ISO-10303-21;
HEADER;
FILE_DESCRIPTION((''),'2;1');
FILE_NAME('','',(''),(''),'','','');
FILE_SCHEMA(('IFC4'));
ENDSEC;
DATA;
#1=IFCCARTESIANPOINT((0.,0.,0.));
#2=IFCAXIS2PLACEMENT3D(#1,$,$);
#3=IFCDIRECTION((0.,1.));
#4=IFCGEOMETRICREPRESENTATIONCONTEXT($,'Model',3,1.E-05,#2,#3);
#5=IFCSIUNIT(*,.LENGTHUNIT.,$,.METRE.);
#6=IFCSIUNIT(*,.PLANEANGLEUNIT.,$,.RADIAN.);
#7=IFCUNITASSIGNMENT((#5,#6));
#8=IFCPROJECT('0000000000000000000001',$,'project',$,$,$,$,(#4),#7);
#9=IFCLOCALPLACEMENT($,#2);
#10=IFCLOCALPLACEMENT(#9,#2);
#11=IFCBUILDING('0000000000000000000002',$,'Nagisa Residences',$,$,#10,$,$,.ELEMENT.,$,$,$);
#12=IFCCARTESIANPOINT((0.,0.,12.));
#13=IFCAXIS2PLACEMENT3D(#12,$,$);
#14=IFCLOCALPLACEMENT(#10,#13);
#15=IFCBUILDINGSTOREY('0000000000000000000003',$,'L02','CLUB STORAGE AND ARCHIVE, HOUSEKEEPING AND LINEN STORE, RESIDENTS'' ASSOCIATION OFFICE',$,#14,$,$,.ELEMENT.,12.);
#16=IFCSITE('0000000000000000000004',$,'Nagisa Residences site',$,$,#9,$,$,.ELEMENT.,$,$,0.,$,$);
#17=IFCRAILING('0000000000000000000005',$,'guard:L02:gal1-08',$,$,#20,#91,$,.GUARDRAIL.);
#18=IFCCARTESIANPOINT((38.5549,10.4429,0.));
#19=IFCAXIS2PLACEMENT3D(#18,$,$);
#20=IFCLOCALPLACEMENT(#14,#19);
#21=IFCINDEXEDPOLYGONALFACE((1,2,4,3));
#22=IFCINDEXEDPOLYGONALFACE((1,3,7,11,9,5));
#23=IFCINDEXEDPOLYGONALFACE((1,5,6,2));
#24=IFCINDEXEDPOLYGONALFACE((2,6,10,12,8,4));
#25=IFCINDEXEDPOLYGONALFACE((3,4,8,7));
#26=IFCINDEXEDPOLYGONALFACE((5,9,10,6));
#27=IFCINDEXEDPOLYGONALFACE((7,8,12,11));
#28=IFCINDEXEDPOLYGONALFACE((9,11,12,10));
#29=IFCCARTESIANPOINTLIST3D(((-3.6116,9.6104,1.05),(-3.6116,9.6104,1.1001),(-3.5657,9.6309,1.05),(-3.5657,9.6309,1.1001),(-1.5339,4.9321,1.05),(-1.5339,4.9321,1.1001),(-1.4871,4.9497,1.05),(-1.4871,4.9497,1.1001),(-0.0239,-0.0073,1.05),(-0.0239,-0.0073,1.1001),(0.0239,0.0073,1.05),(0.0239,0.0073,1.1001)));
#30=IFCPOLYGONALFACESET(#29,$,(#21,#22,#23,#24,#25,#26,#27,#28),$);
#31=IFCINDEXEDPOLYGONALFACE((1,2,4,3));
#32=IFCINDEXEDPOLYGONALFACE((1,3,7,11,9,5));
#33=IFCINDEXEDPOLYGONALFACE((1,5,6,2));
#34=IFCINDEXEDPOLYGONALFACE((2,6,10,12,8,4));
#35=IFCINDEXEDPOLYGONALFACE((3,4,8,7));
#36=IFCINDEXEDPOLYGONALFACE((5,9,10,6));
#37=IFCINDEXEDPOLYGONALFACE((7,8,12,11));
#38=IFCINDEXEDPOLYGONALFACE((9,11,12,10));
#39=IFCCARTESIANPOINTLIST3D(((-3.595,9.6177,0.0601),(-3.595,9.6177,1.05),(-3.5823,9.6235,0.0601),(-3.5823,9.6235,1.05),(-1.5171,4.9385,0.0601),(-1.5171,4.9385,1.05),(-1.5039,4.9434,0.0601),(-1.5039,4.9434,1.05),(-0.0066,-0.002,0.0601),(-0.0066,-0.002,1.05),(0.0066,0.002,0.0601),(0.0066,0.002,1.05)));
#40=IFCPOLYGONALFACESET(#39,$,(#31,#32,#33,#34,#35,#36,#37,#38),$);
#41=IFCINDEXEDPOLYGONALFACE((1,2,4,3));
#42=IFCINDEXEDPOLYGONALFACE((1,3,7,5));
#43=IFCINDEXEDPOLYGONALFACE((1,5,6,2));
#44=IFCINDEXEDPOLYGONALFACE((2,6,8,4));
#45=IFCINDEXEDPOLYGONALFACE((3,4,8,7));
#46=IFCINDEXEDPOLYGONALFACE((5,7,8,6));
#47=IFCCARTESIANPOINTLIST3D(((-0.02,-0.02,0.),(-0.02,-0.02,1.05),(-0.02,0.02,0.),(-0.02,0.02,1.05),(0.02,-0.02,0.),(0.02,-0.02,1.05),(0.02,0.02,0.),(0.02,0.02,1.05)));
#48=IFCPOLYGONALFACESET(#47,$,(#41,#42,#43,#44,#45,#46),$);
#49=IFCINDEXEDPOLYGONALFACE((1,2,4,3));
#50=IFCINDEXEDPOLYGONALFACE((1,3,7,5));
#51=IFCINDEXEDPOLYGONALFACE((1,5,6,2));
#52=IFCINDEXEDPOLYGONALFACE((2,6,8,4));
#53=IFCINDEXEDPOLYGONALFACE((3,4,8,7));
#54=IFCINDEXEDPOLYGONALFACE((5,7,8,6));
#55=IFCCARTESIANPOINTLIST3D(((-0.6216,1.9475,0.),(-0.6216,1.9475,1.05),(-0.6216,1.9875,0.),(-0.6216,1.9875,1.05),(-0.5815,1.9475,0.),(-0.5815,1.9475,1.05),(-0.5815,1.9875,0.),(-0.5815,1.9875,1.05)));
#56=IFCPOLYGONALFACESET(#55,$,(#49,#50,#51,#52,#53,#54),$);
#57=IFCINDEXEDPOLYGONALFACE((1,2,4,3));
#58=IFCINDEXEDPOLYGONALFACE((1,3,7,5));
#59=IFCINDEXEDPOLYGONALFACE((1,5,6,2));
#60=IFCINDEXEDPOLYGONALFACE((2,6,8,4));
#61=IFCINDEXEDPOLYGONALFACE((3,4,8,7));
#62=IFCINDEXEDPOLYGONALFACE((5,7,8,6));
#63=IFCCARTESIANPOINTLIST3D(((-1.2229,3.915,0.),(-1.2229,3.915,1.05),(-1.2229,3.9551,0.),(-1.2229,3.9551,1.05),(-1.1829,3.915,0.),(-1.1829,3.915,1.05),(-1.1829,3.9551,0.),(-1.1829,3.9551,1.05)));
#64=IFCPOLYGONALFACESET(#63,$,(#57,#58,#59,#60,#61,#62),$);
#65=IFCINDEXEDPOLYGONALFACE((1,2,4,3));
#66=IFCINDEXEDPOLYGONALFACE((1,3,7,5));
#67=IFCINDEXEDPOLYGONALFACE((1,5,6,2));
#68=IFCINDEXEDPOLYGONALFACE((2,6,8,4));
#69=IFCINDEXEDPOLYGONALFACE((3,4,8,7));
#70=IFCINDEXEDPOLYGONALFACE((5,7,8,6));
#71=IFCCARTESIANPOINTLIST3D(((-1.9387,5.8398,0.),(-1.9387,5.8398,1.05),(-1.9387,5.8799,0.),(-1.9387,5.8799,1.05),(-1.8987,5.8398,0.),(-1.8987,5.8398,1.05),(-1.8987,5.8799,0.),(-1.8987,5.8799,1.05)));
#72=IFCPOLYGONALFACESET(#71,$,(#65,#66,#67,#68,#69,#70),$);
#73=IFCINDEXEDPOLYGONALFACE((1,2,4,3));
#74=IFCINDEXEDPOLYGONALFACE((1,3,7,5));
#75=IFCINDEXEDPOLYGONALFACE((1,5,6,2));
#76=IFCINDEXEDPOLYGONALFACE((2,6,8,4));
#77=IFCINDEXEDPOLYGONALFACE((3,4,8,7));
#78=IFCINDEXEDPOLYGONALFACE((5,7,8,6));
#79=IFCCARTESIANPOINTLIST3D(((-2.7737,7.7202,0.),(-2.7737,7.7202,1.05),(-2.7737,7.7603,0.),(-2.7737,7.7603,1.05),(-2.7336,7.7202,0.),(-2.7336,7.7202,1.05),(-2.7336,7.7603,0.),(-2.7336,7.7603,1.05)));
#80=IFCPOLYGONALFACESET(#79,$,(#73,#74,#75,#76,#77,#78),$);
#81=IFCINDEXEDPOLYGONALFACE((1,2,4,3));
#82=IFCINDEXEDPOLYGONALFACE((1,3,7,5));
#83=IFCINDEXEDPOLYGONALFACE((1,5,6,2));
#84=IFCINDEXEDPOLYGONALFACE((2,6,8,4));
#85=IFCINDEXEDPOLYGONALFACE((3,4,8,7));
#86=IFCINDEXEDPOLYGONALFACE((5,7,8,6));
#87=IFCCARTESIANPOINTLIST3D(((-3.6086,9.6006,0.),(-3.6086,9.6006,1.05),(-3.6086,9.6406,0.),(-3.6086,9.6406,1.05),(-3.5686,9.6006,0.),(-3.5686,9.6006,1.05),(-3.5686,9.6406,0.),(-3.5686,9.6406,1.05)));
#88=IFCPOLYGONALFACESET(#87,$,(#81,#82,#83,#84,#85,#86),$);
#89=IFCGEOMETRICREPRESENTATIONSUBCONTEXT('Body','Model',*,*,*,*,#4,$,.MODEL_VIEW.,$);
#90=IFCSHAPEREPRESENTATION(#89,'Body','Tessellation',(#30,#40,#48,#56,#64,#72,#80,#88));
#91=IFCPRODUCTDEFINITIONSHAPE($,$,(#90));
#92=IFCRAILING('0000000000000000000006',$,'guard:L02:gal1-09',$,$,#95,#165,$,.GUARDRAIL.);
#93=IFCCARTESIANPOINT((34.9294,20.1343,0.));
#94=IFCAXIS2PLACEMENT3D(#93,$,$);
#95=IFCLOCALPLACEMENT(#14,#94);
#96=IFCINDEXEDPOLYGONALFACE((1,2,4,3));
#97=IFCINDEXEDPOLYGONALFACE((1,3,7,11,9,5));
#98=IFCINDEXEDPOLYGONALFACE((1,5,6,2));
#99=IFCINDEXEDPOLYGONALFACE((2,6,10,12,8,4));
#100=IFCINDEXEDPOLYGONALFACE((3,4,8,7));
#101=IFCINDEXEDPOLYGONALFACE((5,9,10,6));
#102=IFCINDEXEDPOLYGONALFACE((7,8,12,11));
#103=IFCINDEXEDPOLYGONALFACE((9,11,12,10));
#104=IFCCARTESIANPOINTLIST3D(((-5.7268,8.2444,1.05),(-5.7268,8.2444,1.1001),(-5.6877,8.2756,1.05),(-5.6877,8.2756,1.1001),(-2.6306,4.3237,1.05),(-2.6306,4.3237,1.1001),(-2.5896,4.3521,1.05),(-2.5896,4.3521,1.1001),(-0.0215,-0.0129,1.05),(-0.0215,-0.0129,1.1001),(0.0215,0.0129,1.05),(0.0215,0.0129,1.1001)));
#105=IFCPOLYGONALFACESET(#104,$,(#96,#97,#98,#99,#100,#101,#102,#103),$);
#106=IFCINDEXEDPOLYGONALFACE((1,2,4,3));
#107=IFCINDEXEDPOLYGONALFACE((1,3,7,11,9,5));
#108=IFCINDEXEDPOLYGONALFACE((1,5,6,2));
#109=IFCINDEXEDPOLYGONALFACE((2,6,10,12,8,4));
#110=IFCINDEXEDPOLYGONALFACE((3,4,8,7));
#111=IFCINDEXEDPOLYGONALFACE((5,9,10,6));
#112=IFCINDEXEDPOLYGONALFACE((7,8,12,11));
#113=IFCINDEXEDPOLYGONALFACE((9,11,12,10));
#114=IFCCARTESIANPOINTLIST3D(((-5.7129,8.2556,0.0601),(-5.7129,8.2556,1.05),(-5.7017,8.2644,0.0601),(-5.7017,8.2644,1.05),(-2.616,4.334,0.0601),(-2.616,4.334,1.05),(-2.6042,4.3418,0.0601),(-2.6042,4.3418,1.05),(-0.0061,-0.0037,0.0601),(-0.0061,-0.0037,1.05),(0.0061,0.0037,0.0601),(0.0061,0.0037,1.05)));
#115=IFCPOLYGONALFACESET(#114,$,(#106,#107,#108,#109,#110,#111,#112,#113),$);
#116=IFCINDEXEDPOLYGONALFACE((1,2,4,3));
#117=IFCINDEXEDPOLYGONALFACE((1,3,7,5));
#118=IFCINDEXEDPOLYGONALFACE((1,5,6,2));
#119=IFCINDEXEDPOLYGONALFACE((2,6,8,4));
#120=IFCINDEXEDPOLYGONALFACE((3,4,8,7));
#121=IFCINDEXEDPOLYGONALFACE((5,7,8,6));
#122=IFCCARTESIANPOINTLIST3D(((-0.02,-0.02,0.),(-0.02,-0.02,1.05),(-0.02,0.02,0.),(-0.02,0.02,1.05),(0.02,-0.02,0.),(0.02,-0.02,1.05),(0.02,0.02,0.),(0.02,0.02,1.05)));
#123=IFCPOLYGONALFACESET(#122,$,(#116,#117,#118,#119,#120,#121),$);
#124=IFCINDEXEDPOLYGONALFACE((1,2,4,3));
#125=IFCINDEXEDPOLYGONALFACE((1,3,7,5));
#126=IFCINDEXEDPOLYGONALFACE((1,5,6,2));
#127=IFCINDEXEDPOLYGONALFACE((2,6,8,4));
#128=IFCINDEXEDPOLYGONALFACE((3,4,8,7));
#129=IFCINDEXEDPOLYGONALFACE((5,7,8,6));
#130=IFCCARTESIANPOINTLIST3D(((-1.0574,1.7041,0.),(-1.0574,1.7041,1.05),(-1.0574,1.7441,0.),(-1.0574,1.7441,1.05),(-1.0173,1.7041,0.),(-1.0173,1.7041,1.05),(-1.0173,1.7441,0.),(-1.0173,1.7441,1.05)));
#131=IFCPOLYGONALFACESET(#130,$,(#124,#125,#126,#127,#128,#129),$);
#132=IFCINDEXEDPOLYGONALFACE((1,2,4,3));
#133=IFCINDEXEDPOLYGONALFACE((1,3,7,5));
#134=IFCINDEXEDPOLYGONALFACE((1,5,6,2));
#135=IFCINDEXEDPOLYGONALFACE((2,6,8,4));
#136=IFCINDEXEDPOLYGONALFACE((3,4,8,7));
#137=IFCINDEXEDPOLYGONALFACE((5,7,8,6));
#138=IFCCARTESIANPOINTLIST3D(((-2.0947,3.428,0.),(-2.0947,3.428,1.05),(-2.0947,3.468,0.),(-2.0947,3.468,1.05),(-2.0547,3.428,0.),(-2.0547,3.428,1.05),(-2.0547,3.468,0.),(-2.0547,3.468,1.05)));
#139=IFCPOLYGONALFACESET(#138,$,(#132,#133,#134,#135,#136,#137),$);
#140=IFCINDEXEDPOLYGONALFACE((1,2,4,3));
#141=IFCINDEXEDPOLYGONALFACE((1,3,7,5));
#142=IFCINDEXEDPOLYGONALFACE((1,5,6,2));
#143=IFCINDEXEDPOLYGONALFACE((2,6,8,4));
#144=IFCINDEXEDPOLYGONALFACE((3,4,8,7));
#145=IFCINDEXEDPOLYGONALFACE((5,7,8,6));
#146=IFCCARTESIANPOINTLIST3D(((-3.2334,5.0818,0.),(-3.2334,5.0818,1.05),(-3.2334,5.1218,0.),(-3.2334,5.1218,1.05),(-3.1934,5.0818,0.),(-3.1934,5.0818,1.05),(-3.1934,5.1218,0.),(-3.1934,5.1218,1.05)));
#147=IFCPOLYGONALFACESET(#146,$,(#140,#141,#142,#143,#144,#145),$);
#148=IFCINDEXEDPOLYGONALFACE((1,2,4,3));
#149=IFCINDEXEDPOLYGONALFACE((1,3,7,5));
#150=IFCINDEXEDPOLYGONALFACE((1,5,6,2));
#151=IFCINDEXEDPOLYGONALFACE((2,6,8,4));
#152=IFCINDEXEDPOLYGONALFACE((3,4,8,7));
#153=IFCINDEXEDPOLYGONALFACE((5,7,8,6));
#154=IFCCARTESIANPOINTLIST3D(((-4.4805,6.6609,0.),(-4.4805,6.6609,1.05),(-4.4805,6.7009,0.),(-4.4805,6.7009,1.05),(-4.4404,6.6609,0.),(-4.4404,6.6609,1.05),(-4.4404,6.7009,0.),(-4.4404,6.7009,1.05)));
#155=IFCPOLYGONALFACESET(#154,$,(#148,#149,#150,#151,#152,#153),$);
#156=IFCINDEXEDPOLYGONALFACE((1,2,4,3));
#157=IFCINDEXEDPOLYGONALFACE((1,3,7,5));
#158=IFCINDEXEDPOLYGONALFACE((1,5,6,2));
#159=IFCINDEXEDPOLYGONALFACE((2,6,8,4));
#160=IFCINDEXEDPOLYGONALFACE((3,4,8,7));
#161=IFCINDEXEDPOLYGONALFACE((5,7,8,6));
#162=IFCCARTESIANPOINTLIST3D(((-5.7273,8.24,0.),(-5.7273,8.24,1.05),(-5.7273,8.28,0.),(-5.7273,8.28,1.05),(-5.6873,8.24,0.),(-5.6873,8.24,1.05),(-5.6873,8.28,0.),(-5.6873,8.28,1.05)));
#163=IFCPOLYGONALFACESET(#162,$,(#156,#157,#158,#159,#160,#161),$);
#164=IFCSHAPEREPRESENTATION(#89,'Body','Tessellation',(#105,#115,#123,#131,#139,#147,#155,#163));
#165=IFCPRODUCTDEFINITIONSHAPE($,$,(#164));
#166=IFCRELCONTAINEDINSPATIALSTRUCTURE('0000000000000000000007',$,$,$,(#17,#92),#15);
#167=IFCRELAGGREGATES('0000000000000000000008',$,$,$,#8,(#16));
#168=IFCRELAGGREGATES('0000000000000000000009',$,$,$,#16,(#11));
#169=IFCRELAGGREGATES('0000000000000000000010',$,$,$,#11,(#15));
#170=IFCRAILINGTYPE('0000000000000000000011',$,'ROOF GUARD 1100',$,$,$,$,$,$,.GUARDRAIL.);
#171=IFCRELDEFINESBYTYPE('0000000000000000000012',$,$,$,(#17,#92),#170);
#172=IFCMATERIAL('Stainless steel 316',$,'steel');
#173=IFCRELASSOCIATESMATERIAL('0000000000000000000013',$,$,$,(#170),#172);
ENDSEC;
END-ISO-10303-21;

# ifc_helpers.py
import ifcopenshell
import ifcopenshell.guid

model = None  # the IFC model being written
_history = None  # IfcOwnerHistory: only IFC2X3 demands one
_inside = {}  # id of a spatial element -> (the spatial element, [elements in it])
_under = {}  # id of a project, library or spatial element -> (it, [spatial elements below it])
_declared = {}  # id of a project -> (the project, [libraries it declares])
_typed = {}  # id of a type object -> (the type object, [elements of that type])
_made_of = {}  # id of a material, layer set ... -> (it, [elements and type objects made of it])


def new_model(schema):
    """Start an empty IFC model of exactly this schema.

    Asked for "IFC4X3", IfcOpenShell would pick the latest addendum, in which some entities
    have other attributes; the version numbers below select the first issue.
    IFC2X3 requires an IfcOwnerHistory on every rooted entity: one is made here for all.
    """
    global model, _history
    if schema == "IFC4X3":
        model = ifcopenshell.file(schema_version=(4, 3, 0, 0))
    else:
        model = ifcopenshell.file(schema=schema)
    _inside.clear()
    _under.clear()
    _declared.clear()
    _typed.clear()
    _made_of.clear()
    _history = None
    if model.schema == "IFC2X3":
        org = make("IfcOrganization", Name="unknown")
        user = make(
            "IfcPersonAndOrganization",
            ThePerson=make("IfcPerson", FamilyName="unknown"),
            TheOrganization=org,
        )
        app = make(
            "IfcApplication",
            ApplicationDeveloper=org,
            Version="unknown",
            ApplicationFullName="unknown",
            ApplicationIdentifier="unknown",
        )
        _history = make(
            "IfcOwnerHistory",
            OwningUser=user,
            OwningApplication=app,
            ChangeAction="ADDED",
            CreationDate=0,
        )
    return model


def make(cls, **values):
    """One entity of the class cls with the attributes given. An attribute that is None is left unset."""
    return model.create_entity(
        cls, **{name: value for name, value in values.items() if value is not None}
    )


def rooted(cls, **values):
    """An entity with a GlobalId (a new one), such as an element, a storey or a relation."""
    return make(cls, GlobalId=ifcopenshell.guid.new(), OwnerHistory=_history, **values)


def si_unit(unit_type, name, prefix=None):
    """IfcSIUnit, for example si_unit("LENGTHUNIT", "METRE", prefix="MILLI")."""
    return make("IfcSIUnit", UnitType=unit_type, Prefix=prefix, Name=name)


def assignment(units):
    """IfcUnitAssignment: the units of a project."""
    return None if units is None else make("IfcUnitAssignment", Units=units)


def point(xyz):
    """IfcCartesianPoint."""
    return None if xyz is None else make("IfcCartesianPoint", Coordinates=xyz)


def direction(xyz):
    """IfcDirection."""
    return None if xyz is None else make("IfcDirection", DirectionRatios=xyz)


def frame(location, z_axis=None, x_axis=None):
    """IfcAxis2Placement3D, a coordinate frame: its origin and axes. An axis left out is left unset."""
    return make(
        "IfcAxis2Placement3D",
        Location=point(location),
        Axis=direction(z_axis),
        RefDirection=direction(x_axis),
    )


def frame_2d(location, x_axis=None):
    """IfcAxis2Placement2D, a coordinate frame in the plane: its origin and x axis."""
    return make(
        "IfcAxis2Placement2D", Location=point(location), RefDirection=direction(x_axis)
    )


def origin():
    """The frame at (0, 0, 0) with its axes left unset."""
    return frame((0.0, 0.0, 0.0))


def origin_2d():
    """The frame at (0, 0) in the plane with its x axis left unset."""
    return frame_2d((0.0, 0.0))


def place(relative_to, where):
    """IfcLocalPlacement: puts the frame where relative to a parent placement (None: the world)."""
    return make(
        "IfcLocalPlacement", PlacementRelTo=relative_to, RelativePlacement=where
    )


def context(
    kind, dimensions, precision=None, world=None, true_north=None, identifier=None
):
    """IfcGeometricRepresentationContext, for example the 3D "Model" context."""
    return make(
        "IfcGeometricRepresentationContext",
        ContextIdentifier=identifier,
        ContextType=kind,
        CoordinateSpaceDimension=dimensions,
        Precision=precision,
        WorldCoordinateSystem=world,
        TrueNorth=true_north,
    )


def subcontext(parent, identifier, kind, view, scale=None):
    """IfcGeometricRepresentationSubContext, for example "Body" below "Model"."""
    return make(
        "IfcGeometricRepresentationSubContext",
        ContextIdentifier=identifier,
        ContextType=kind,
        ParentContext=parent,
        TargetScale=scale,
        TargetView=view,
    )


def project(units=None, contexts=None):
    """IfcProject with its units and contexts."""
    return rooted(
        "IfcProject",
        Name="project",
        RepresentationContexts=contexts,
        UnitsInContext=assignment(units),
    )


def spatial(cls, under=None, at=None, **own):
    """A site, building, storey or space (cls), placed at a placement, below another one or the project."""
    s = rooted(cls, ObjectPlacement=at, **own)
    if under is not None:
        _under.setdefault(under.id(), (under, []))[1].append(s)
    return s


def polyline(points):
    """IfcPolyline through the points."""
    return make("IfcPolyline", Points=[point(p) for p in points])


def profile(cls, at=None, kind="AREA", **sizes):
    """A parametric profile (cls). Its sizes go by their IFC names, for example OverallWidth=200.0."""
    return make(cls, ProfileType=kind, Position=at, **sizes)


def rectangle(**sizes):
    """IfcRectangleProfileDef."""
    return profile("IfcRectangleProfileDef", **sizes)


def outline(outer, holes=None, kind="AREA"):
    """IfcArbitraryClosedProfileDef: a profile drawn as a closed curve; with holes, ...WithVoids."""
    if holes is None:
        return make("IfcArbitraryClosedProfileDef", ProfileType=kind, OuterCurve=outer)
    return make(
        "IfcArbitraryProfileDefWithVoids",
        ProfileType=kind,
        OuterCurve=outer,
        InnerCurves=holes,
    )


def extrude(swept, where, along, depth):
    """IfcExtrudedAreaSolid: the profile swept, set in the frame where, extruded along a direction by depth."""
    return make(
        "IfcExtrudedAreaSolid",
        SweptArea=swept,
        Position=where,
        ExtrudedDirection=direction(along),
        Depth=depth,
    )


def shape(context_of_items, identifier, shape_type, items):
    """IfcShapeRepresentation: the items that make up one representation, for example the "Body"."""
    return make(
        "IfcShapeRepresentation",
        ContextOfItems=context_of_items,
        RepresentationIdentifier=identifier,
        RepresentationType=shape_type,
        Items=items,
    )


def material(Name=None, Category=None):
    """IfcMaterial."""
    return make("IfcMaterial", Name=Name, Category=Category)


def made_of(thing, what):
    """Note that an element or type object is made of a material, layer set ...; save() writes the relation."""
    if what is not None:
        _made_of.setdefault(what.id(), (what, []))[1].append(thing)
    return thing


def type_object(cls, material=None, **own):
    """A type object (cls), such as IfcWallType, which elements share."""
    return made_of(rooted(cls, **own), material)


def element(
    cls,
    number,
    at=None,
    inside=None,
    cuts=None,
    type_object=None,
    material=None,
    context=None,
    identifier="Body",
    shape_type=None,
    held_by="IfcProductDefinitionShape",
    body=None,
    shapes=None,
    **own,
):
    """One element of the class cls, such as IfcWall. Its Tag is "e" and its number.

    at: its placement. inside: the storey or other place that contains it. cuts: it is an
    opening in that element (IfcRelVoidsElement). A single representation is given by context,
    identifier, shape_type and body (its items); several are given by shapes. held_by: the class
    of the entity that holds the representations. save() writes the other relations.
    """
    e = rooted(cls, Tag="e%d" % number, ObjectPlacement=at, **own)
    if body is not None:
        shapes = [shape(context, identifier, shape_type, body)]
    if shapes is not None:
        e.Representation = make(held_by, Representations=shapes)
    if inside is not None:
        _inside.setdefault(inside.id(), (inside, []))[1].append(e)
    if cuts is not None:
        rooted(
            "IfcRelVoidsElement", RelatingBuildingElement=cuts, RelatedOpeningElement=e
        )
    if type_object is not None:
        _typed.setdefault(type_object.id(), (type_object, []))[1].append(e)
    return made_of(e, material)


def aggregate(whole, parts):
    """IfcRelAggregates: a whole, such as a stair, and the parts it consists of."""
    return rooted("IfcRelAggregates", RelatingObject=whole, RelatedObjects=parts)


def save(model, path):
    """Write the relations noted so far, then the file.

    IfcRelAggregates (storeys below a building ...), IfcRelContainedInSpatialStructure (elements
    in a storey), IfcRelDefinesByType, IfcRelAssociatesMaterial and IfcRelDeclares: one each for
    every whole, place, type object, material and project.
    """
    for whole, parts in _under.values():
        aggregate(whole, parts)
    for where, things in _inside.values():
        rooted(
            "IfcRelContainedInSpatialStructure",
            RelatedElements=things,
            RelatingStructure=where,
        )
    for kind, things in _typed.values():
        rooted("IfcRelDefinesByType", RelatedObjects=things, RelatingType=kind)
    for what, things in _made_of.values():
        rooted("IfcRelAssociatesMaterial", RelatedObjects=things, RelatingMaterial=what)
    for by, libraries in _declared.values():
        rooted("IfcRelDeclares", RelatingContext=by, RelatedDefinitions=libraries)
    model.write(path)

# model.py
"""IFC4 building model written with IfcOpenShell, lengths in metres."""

from ifc_helpers import new_model, si_unit, direction, frame, origin, origin_2d, place, context, subcontext, project, spatial, polyline, rectangle, outline, extrude, material, type_object, element, save


model = new_model("IFC4")

# Units and contexts
model_context = context("Model", 3, precision=1e-05, world=origin(), true_north=direction((0.0, 1.0)))
body_context = subcontext(model_context, "Body", "Model", "MODEL_VIEW")
ifc_project = project(units=[si_unit("LENGTHUNIT", "METRE"), si_unit("PLANEANGLEUNIT", "RADIAN")], contexts=[model_context])

# Site, building, storey
site_placement = place(None, origin())
site = spatial("IfcSite", under=ifc_project, at=site_placement, Name="Nagisa Residences site", CompositionType="ELEMENT", RefElevation=0.0)
building_placement = place(site_placement, origin())
building = spatial("IfcBuilding", under=site, at=building_placement, Name="Nagisa Residences", CompositionType="ELEMENT")
storey_placement = place(building_placement, frame((0.0, 0.0, 12.0)))
storey = spatial("IfcBuildingStorey", under=building, at=storey_placement, Name="L02", Description="CLUB STORAGE AND ARCHIVE, HOUSEKEEPING AND LINEN STORE, RESIDENTS' ASSOCIATION OFFICE", CompositionType="ELEMENT", Elevation=12.0)

# Railings
ifc_material_1 = material(Name="Stainless steel 316", Category="steel")
railing_type = type_object("IfcRailingType", Name="ROOF GUARD 1100", PredefinedType="GUARDRAIL", material=ifc_material_1)
railing_1_placement = place(storey_placement, frame((38.5549, 10.4429, 0.0)))
element("IfcRailing", 1, at=railing_1_placement, inside=storey, type_object=railing_type, Name="guard:L02:gal1-08", PredefinedType="GUARDRAIL", context=body_context, shape_type="SweptSolid", body=[
    extrude(outline(polyline([(-1.5339, 4.9321), (-0.0239, -0.0073), (0.0239, 0.0073), (-1.4871, 4.9497), (-3.5657, 9.6309), (-3.6116, 9.6104), (-1.5339, 4.9321)])), frame((0.0, 0.0, 1.05)), (0.0, 0.0, 1.0), 0.05),
    extrude(outline(polyline([(-1.5171, 4.9385), (-0.0066, -0.002), (0.0066, 0.002), (-1.5039, 4.9434), (-3.5823, 9.6235), (-3.595, 9.6177), (-1.5171, 4.9385)])), frame((0.0, 0.0, 0.0601)), (0.0, 0.0, 1.0), 0.99),
    extrude(rectangle(XDim=0.04, YDim=0.04, at=origin_2d()), origin(), (0.0, 0.0, 1.0), 1.05),
    extrude(rectangle(XDim=0.04, YDim=0.04, at=origin_2d()), frame((-0.6016, 1.9675, 0.0)), (0.0, 0.0, 1.0), 1.05),
    extrude(rectangle(XDim=0.04, YDim=0.04, at=origin_2d()), frame((-1.2029, 3.9351, 0.0)), (0.0, 0.0, 1.0), 1.05),
    extrude(rectangle(XDim=0.04, YDim=0.04, at=origin_2d()), frame((-1.9187, 5.8599, 0.0)), (0.0, 0.0, 1.0), 1.05),
    extrude(rectangle(XDim=0.04, YDim=0.04, at=origin_2d()), frame((-2.7537, 7.7402, 0.0)), (0.0, 0.0, 1.0), 1.05),
    extrude(rectangle(XDim=0.04, YDim=0.04, at=origin_2d()), frame((-3.5886, 9.6206, 0.0)), (0.0, 0.0, 1.0), 1.05),
])
railing_2_placement = place(storey_placement, frame((34.9294, 20.1343, 0.0)))
element("IfcRailing", 2, at=railing_2_placement, inside=storey, type_object=railing_type, Name="guard:L02:gal1-09", PredefinedType="GUARDRAIL", context=body_context, shape_type="SweptSolid", body=[
    extrude(outline(polyline([(-2.6306, 4.3237), (-0.0215, -0.0129), (0.0215, 0.0129), (-2.5896, 4.3521), (-5.6877, 8.2756), (-5.7268, 8.2444), (-2.6306, 4.3237)])), frame((0.0, 0.0, 1.05)), (0.0, 0.0, 1.0), 0.05),
    extrude(outline(polyline([(-2.616, 4.334), (-0.0061, -0.0037), (0.0061, 0.0037), (-2.6042, 4.3418), (-5.7017, 8.2644), (-5.7129, 8.2556), (-2.616, 4.334)])), frame((0.0, 0.0, 0.0601)), (0.0, 0.0, 1.0), 0.99),
    extrude(rectangle(XDim=0.04, YDim=0.04, at=origin_2d()), origin(), (0.0, 0.0, 1.0), 1.05),
    extrude(rectangle(XDim=0.04, YDim=0.04, at=origin_2d()), frame((-1.0374, 1.7241, 0.0)), (0.0, 0.0, 1.0), 1.05),
    extrude(rectangle(XDim=0.04, YDim=0.04, at=origin_2d()), frame((-2.0747, 3.448, 0.0)), (0.0, 0.0, 1.0), 1.05),
    extrude(rectangle(XDim=0.04, YDim=0.04, at=origin_2d()), frame((-3.2134, 5.1018, 0.0)), (0.0, 0.0, 1.0), 1.05),
    extrude(rectangle(XDim=0.04, YDim=0.04, at=origin_2d()), frame((-4.4604, 6.6809, 0.0)), (0.0, 0.0, 1.0), 1.05),
    extrude(rectangle(XDim=0.04, YDim=0.04, at=origin_2d()), frame((-5.7073, 8.26, 0.0)), (0.0, 0.0, 1.0), 1.05),
])

save(model, "model.ifc")
